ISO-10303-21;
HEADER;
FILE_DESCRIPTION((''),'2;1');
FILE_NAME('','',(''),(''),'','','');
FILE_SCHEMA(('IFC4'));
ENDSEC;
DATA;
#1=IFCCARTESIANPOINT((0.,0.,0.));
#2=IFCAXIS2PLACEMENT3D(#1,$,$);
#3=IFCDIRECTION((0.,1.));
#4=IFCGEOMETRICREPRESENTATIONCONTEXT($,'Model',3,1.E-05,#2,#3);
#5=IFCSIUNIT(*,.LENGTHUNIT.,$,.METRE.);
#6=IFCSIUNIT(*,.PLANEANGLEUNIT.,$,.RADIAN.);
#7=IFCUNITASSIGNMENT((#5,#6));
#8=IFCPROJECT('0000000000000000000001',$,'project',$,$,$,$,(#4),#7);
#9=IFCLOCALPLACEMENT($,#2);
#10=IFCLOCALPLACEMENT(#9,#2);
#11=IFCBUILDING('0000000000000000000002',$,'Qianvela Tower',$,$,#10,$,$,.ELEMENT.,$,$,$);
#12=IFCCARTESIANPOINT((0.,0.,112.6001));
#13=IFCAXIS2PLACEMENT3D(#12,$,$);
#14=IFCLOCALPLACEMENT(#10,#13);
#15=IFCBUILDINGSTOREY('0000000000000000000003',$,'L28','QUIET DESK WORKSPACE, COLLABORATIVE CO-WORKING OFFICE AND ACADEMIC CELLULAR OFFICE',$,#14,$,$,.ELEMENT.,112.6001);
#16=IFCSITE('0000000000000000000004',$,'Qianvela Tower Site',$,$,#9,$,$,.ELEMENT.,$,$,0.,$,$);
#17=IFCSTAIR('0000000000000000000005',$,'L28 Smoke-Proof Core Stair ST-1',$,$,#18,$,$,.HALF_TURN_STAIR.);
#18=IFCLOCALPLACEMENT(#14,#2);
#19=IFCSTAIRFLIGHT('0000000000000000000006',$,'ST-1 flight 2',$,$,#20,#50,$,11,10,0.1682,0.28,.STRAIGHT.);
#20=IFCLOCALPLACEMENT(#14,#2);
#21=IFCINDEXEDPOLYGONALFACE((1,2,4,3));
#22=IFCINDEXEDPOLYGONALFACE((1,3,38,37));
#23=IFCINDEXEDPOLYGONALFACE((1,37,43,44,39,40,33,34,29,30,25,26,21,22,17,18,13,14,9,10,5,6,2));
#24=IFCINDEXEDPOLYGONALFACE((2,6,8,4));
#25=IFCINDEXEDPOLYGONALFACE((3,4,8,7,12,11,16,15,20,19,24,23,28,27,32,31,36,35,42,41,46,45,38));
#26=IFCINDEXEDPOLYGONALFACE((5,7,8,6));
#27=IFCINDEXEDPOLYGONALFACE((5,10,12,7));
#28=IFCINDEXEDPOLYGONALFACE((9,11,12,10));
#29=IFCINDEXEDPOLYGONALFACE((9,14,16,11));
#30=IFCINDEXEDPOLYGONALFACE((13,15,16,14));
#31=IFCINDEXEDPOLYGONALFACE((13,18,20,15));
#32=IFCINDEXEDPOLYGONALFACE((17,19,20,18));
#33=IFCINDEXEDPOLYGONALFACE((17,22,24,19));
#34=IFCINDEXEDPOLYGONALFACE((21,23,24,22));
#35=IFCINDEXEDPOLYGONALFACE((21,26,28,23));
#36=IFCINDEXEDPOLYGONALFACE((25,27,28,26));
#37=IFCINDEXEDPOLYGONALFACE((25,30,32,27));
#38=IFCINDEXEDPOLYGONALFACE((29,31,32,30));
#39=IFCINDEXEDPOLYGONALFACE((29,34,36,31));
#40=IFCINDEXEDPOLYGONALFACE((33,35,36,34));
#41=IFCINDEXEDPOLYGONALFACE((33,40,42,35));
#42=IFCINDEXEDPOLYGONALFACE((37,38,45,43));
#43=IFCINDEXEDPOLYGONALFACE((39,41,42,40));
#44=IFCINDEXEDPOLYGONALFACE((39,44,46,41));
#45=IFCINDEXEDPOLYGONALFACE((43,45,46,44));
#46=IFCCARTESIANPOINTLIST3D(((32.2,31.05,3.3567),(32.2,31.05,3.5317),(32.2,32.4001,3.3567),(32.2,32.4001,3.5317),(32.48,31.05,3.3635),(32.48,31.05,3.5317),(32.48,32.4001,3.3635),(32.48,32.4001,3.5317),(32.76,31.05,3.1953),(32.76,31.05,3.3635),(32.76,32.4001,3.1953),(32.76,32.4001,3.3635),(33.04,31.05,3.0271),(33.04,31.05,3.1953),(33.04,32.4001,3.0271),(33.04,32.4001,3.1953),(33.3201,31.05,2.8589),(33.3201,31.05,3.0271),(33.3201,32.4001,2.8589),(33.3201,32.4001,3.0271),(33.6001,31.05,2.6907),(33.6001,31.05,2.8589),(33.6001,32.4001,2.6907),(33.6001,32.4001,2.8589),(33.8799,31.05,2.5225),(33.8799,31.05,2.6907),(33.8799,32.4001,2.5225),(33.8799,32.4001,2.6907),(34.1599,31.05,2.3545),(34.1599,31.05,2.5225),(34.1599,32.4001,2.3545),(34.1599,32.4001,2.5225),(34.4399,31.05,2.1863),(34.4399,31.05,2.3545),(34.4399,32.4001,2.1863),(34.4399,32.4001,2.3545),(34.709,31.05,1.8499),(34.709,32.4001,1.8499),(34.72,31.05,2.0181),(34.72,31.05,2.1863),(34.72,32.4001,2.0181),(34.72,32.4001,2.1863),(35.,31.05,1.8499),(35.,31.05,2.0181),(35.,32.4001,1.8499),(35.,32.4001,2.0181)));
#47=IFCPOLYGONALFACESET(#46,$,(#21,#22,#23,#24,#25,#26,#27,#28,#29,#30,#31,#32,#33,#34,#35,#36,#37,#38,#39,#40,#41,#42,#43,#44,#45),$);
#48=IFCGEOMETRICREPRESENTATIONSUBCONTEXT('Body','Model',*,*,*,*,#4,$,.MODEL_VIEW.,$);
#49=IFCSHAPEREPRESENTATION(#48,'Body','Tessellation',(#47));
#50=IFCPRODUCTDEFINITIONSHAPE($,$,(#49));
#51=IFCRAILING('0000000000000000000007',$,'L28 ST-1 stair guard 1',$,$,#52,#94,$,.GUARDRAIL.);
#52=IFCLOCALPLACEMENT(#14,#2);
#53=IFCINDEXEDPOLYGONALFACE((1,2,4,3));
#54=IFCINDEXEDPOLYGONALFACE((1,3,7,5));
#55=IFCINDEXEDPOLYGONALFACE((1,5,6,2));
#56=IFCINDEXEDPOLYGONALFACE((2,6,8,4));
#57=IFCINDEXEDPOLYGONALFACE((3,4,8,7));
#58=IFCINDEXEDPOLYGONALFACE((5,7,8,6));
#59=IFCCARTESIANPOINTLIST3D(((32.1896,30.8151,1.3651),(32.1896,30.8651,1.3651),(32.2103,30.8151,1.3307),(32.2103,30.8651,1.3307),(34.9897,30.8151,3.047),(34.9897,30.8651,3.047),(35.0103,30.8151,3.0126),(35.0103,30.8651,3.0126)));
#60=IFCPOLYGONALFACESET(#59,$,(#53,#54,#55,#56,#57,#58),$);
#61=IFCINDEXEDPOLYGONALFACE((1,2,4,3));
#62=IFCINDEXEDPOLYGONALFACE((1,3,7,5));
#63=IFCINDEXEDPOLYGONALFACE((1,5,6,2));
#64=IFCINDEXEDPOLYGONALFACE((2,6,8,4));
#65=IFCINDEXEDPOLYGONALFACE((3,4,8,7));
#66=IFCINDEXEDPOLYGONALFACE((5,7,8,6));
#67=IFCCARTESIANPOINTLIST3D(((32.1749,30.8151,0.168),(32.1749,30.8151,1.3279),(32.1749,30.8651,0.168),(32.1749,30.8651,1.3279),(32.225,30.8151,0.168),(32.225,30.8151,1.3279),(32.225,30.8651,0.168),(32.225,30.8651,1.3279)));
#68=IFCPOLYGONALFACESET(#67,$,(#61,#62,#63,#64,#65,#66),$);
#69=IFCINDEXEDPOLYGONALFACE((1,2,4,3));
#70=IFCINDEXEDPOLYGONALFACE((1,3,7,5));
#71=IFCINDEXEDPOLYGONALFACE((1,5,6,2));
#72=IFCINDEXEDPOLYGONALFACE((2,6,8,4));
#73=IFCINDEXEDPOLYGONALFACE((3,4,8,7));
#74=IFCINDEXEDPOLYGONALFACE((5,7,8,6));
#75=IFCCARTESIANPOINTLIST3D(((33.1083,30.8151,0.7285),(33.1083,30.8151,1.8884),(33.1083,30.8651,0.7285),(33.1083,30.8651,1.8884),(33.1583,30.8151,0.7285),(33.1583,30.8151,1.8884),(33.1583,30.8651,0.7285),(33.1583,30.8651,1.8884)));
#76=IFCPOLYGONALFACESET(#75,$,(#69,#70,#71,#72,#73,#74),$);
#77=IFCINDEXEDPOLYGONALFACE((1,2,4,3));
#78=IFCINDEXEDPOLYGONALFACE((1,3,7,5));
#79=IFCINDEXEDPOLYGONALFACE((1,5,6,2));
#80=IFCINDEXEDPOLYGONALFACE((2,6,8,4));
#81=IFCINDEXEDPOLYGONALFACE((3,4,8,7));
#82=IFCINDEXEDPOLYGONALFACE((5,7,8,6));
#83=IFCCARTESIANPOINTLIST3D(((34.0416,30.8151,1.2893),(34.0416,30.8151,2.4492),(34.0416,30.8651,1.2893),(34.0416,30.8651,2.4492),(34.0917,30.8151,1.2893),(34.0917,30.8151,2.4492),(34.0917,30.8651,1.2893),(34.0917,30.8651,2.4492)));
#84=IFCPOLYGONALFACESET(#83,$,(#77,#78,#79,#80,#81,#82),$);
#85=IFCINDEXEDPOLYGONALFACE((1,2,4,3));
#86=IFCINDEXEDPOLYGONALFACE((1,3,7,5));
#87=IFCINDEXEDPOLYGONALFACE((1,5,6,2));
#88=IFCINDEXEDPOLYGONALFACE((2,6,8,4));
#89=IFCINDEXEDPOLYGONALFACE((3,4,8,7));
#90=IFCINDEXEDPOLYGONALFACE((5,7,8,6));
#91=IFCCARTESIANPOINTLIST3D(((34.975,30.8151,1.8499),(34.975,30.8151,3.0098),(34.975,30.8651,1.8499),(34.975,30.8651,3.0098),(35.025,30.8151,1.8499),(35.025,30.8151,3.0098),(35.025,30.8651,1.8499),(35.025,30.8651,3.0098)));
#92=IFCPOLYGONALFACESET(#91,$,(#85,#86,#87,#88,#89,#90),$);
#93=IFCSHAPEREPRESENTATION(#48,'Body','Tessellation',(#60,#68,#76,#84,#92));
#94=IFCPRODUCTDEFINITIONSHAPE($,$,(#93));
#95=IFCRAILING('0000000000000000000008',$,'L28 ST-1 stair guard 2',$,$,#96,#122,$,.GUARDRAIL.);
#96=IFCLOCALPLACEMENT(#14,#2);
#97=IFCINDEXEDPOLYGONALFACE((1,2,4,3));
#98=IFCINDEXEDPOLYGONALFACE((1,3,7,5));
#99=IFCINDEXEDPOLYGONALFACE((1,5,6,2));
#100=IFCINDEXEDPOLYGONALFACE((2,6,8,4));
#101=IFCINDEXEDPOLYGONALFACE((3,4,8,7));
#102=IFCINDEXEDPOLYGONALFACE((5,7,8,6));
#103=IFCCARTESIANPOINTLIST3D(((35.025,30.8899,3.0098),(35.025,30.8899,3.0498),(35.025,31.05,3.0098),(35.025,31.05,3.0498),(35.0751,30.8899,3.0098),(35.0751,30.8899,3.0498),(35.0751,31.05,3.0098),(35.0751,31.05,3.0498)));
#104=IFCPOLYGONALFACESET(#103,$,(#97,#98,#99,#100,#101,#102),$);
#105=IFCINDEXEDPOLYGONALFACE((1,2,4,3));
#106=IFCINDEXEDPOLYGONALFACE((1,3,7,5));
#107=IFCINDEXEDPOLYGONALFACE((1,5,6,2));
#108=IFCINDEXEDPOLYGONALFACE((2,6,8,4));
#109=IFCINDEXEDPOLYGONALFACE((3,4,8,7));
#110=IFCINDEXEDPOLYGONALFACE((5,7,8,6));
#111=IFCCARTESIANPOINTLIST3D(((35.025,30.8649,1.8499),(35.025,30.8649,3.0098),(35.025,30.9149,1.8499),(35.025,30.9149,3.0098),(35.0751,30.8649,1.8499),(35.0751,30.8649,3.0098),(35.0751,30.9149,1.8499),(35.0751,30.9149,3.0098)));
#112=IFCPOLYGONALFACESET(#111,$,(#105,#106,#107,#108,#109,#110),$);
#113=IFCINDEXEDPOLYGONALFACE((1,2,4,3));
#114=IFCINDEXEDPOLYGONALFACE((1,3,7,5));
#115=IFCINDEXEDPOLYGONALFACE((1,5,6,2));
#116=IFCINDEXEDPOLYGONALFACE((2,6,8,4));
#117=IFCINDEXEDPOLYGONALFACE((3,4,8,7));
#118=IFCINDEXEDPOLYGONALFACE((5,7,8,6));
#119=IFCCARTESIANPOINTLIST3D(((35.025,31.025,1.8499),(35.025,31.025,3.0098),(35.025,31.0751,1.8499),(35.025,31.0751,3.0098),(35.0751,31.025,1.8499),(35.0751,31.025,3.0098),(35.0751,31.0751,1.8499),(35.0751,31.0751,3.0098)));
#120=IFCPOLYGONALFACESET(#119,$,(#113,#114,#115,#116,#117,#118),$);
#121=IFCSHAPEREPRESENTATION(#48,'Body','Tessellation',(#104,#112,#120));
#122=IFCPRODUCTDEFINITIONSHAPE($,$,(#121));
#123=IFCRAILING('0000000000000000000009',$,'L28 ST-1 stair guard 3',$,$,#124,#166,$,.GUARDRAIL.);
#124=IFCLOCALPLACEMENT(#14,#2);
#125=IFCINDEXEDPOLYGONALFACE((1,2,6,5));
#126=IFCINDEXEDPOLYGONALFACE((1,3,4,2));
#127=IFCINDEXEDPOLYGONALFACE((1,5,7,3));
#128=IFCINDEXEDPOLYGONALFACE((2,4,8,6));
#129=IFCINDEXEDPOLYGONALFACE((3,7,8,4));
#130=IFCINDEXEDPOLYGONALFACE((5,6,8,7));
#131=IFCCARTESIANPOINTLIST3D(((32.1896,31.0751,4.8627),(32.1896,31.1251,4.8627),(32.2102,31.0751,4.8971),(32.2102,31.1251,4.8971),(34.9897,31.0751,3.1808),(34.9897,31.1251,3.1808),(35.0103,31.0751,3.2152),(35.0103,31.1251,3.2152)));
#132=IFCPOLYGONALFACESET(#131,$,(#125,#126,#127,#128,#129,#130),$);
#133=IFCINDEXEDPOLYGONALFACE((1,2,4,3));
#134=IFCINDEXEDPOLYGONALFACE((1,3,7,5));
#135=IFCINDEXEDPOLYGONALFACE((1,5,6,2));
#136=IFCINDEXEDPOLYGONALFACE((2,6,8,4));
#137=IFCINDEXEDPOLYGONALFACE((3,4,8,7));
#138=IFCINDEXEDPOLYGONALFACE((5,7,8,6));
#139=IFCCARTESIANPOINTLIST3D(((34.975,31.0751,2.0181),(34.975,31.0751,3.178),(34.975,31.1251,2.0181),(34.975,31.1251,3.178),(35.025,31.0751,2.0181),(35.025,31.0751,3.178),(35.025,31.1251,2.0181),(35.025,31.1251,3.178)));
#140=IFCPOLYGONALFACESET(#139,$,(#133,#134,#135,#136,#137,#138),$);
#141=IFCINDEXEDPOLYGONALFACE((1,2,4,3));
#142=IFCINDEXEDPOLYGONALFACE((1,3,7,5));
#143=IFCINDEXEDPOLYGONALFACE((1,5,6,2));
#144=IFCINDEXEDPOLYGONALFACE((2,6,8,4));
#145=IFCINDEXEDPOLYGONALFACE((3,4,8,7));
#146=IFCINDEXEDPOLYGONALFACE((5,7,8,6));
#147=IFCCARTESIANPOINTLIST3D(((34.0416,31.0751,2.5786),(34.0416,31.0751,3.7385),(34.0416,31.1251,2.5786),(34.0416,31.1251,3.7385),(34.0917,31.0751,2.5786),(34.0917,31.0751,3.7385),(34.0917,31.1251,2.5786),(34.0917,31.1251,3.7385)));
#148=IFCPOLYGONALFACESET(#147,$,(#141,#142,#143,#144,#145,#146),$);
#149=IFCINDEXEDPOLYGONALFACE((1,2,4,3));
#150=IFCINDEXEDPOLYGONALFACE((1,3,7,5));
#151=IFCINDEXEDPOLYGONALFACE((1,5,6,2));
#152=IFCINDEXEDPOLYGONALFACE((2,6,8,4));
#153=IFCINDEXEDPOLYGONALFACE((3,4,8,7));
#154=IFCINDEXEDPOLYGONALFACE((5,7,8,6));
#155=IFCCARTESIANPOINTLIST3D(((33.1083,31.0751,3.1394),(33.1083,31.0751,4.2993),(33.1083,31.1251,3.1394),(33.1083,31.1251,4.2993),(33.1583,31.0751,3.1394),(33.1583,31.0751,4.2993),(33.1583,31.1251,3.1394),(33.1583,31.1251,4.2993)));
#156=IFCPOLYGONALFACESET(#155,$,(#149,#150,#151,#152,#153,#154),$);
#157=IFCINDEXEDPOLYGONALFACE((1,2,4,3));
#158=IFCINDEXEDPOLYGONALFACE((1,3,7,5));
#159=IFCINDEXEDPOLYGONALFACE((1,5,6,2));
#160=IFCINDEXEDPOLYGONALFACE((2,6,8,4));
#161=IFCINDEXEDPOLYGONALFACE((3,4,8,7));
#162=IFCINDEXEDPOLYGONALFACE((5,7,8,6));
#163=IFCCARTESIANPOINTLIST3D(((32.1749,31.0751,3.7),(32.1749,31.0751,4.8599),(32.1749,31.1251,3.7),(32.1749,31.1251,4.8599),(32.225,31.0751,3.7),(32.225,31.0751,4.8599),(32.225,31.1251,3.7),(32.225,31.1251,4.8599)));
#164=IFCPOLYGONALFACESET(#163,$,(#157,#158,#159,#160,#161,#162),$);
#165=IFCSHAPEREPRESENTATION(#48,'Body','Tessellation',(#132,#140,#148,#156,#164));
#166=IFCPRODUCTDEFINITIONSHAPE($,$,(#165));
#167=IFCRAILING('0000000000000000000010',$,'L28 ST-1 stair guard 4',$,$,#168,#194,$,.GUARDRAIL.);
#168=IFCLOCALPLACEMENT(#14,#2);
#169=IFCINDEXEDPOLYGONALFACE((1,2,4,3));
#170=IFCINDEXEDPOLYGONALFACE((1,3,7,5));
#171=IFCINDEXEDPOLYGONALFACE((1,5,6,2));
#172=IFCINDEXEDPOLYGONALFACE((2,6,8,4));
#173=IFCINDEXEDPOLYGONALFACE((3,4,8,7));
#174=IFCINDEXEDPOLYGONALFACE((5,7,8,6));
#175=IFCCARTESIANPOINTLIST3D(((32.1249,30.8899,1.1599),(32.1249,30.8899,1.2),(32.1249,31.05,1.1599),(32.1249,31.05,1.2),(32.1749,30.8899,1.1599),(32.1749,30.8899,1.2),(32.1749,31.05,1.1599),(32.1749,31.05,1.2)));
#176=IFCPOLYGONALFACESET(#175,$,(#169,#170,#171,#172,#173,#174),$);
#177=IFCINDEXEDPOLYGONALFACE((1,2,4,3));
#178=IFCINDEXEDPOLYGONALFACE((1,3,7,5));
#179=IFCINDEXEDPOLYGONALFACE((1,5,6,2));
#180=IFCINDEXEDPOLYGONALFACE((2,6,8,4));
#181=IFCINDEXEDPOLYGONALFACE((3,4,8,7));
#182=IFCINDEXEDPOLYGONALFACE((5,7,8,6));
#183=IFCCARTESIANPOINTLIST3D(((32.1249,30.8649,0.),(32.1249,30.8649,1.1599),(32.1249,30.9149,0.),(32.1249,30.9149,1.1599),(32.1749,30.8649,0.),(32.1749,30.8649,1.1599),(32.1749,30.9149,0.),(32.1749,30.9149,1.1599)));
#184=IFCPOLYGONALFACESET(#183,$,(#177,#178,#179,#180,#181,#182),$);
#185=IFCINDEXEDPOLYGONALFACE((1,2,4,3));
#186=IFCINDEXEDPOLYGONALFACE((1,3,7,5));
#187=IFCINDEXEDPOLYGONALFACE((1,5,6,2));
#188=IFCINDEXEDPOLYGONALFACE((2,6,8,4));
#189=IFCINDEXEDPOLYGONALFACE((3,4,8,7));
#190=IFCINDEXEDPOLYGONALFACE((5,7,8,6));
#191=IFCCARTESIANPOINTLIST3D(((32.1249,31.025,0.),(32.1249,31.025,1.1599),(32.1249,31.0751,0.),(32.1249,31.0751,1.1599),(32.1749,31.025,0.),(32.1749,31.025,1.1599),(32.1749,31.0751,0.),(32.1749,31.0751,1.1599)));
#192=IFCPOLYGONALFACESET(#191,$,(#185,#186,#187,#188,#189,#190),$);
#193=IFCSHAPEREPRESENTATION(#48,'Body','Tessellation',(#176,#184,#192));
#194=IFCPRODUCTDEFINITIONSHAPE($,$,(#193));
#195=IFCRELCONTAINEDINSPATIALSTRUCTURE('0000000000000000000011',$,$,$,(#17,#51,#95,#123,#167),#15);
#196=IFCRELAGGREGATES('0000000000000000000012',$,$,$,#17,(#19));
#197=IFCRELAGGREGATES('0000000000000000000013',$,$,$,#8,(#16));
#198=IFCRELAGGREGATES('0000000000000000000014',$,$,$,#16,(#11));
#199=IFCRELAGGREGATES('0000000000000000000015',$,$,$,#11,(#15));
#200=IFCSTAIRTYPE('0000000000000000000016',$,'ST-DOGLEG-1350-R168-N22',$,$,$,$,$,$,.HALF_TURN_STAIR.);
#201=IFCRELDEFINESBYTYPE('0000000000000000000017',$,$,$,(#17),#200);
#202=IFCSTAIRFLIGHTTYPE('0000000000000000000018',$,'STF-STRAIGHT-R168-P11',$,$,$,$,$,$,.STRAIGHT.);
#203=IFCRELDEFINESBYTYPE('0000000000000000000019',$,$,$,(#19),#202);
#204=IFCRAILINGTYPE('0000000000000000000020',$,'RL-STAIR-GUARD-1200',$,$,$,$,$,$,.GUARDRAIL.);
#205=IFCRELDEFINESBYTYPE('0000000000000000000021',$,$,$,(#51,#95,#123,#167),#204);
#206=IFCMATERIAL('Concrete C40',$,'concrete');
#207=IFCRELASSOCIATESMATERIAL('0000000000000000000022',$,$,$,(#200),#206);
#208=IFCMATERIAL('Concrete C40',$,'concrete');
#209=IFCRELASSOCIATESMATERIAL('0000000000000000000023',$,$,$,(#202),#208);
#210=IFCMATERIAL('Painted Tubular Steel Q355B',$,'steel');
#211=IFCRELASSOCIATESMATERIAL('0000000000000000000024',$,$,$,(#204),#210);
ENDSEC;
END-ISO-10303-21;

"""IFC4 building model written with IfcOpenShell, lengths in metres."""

from ifc_helpers import new_model, si_unit, direction, frame, origin, origin_2d, place, context, subcontext, project, spatial, polyline, rectangle, outline, extrude, material, type_object, element, aggregate, save


model = new_model("IFC4")

# Units and contexts
model_context = context("Model", 3, precision=1e-05, world=origin(), true_north=direction((0.0, 1.0)))
body_context = subcontext(model_context, "Body", "Model", "MODEL_VIEW")
ifc_project = project(units=[si_unit("LENGTHUNIT", "METRE"), si_unit("PLANEANGLEUNIT", "RADIAN")], contexts=[model_context])

# Site, building, storey
site_placement = place(None, origin())
site = spatial("IfcSite", under=ifc_project, at=site_placement, Name="Qianvela Tower Site", CompositionType="ELEMENT", RefElevation=0.0)
building_placement = place(site_placement, origin())
building = spatial("IfcBuilding", under=site, at=building_placement, Name="Qianvela Tower", CompositionType="ELEMENT")
storey_placement = place(building_placement, frame((0.0, 0.0, 112.6001)))
storey = spatial("IfcBuildingStorey", under=building, at=storey_placement, Name="L28", Description="QUIET DESK WORKSPACE, COLLABORATIVE CO-WORKING OFFICE AND ACADEMIC CELLULAR OFFICE", CompositionType="ELEMENT", Elevation=112.6001)

# Stair, stair flight
ifc_material_1 = material(Name="Concrete C40", Category="concrete")
stair_type = type_object("IfcStairType", Name="ST-DOGLEG-1350-R168-N22", PredefinedType="HALF_TURN_STAIR", material=ifc_material_1)
stair_placement = place(storey_placement, origin())
stair = element("IfcStair", 1, at=stair_placement, inside=storey, type_object=stair_type, Name="L28 Smoke-Proof Core Stair ST-1", PredefinedType="HALF_TURN_STAIR")
ifc_material_2 = material(Name="Concrete C40", Category="concrete")
stair_flight_type = type_object("IfcStairFlightType", Name="STF-STRAIGHT-R168-P11", PredefinedType="STRAIGHT", material=ifc_material_2)
stair_flight_1_placement = place(storey_placement, frame((35.0, 31.7251, 1.8499), z_axis=(0.0, 0.0, 1.0), x_axis=(-1.0, 0.0, 0.0)))
stair_flight_1 = element("IfcStairFlight", 2, at=stair_flight_1_placement, type_object=stair_flight_type, Name="ST-1 flight 2", NumberOfRisers=11, NumberOfTreads=10, PredefinedType="STRAIGHT", RiserHeight=0.1682, TreadLength=0.28, context=body_context, shape_type="SweptSolid", body=[
    extrude(outline(polyline([(0.0, 0.0), (0.0, 0.1682), (0.28, 0.1682), (0.28, 0.3364), (0.5601, 0.3364), (0.5601, 0.5046), (0.8401, 0.5046), (0.8401, 0.6726), (1.1201, 0.6726), (1.1201, 0.8408), (1.3999, 0.8408), (1.3999, 1.009), (1.6799, 1.009), (1.6799, 1.1772), (1.96, 1.1772), (1.96, 1.3455), (2.24, 1.3455), (2.24, 1.5137), (2.52, 1.5137), (2.52, 1.6819), (2.8, 1.6819), (2.8, 1.8501), (2.8, 1.5068), (0.291, 0.0), (0.0, 0.0)])), frame((0.0, 0.675, 0.0), z_axis=(0.0, -1.0, 0.0), x_axis=(1.0, 0.0, 0.0)), (0.0, 0.0, 1.0), 1.3501),
])
aggregate(stair, [stair_flight_1])

# Railings
ifc_material_3 = material(Name="Painted Tubular Steel Q355B", Category="steel")
railing_type_1 = type_object("IfcRailingType", Name="RL-STAIR-GUARD-1200", PredefinedType="GUARDRAIL", material=ifc_material_3)
railing_1_placement = place(storey_placement, frame((32.2, 30.8401, 0.168)))
element("IfcRailing", 3, at=railing_1_placement, inside=storey, type_object=railing_type_1, Name="L28 ST-1 stair guard 1", PredefinedType="GUARDRAIL", context=body_context, shape_type="SweptSolid", body=[
    extrude(rectangle(XDim=0.05, YDim=0.04, at=origin_2d()), frame((0.0, 0.0, 1.1799), z_axis=(0.857242, 0.0, 0.514913), x_axis=(0.0, 1.0, 0.0)), (0.0, 0.0, 1.0), 3.2664),
    extrude(rectangle(XDim=0.05, YDim=0.05, at=origin_2d()), origin(), (0.0, 0.0, 1.0), 1.1599),
    extrude(rectangle(XDim=0.05, YDim=0.05, at=origin_2d()), frame((0.9333, 0.0, 0.5605)), (0.0, 0.0, 1.0), 1.1599),
    extrude(rectangle(XDim=0.05, YDim=0.05, at=origin_2d()), frame((1.8667, 0.0, 1.1213)), (0.0, 0.0, 1.0), 1.1599),
    extrude(rectangle(XDim=0.05, YDim=0.05, at=origin_2d()), frame((2.8, 0.0, 1.6819)), (0.0, 0.0, 1.0), 1.1599),
])
railing_2_placement = place(storey_placement, frame((35.05, 30.8899, 1.8499)))
element("IfcRailing", 4, at=railing_2_placement, inside=storey, type_object=railing_type_1, Name="L28 ST-1 stair guard 2", PredefinedType="GUARDRAIL", context=body_context, shape_type="SweptSolid", body=[
    extrude(rectangle(XDim=0.05, YDim=0.04, at=origin_2d()), frame((0.0, 0.0, 1.1799), z_axis=(0.0, 1.0, 0.0), x_axis=(-1.0, 0.0, 0.0)), (0.0, 0.0, 1.0), 0.1602),
    extrude(rectangle(XDim=0.05, YDim=0.05, at=origin_2d()), origin(), (0.0, 0.0, 1.0), 1.1599),
    extrude(rectangle(XDim=0.05, YDim=0.05, at=origin_2d()), frame((0.0, 0.1602, 0.0)), (0.0, 0.0, 1.0), 1.1599),
])
railing_3_placement = place(storey_placement, frame((35.0, 31.1001, 2.0181)))
element("IfcRailing", 5, at=railing_3_placement, inside=storey, type_object=railing_type_1, Name="L28 ST-1 stair guard 3", PredefinedType="GUARDRAIL", context=body_context, shape_type="SweptSolid", body=[
    extrude(rectangle(XDim=0.05, YDim=0.04, at=origin_2d()), frame((0.0, 0.0, 1.1799), z_axis=(-0.857242, 0.0, 0.514913), x_axis=(0.0, -1.0, 0.0)), (0.0, 0.0, 1.0), 3.2664),
    extrude(rectangle(XDim=0.05, YDim=0.05, at=origin_2d()), origin(), (0.0, 0.0, 1.0), 1.1599),
    extrude(rectangle(XDim=0.05, YDim=0.05, at=origin_2d()), frame((-0.9333, 0.0, 0.5605)), (0.0, 0.0, 1.0), 1.1599),
    extrude(rectangle(XDim=0.05, YDim=0.05, at=origin_2d()), frame((-1.8667, 0.0, 1.1213)), (0.0, 0.0, 1.0), 1.1599),
    extrude(rectangle(XDim=0.05, YDim=0.05, at=origin_2d()), frame((-2.8, 0.0, 1.6819)), (0.0, 0.0, 1.0), 1.1599),
])
railing_4_placement = place(storey_placement, frame((32.1499, 30.8899, 0.0)))
element("IfcRailing", 6, at=railing_4_placement, inside=storey, type_object=railing_type_1, Name="L28 ST-1 stair guard 4", PredefinedType="GUARDRAIL", context=body_context, shape_type="SweptSolid", body=[
    extrude(rectangle(XDim=0.05, YDim=0.04, at=origin_2d()), frame((0.0, 0.0, 1.1799), z_axis=(0.0, 1.0, 0.0), x_axis=(-1.0, 0.0, 0.0)), (0.0, 0.0, 1.0), 0.1602),
    extrude(rectangle(XDim=0.05, YDim=0.05, at=origin_2d()), origin(), (0.0, 0.0, 1.0), 1.1599),
    extrude(rectangle(XDim=0.05, YDim=0.05, at=origin_2d()), frame((0.0, 0.1602, 0.0)), (0.0, 0.0, 1.0), 1.1599),
])

save(model, "model.ifc")
